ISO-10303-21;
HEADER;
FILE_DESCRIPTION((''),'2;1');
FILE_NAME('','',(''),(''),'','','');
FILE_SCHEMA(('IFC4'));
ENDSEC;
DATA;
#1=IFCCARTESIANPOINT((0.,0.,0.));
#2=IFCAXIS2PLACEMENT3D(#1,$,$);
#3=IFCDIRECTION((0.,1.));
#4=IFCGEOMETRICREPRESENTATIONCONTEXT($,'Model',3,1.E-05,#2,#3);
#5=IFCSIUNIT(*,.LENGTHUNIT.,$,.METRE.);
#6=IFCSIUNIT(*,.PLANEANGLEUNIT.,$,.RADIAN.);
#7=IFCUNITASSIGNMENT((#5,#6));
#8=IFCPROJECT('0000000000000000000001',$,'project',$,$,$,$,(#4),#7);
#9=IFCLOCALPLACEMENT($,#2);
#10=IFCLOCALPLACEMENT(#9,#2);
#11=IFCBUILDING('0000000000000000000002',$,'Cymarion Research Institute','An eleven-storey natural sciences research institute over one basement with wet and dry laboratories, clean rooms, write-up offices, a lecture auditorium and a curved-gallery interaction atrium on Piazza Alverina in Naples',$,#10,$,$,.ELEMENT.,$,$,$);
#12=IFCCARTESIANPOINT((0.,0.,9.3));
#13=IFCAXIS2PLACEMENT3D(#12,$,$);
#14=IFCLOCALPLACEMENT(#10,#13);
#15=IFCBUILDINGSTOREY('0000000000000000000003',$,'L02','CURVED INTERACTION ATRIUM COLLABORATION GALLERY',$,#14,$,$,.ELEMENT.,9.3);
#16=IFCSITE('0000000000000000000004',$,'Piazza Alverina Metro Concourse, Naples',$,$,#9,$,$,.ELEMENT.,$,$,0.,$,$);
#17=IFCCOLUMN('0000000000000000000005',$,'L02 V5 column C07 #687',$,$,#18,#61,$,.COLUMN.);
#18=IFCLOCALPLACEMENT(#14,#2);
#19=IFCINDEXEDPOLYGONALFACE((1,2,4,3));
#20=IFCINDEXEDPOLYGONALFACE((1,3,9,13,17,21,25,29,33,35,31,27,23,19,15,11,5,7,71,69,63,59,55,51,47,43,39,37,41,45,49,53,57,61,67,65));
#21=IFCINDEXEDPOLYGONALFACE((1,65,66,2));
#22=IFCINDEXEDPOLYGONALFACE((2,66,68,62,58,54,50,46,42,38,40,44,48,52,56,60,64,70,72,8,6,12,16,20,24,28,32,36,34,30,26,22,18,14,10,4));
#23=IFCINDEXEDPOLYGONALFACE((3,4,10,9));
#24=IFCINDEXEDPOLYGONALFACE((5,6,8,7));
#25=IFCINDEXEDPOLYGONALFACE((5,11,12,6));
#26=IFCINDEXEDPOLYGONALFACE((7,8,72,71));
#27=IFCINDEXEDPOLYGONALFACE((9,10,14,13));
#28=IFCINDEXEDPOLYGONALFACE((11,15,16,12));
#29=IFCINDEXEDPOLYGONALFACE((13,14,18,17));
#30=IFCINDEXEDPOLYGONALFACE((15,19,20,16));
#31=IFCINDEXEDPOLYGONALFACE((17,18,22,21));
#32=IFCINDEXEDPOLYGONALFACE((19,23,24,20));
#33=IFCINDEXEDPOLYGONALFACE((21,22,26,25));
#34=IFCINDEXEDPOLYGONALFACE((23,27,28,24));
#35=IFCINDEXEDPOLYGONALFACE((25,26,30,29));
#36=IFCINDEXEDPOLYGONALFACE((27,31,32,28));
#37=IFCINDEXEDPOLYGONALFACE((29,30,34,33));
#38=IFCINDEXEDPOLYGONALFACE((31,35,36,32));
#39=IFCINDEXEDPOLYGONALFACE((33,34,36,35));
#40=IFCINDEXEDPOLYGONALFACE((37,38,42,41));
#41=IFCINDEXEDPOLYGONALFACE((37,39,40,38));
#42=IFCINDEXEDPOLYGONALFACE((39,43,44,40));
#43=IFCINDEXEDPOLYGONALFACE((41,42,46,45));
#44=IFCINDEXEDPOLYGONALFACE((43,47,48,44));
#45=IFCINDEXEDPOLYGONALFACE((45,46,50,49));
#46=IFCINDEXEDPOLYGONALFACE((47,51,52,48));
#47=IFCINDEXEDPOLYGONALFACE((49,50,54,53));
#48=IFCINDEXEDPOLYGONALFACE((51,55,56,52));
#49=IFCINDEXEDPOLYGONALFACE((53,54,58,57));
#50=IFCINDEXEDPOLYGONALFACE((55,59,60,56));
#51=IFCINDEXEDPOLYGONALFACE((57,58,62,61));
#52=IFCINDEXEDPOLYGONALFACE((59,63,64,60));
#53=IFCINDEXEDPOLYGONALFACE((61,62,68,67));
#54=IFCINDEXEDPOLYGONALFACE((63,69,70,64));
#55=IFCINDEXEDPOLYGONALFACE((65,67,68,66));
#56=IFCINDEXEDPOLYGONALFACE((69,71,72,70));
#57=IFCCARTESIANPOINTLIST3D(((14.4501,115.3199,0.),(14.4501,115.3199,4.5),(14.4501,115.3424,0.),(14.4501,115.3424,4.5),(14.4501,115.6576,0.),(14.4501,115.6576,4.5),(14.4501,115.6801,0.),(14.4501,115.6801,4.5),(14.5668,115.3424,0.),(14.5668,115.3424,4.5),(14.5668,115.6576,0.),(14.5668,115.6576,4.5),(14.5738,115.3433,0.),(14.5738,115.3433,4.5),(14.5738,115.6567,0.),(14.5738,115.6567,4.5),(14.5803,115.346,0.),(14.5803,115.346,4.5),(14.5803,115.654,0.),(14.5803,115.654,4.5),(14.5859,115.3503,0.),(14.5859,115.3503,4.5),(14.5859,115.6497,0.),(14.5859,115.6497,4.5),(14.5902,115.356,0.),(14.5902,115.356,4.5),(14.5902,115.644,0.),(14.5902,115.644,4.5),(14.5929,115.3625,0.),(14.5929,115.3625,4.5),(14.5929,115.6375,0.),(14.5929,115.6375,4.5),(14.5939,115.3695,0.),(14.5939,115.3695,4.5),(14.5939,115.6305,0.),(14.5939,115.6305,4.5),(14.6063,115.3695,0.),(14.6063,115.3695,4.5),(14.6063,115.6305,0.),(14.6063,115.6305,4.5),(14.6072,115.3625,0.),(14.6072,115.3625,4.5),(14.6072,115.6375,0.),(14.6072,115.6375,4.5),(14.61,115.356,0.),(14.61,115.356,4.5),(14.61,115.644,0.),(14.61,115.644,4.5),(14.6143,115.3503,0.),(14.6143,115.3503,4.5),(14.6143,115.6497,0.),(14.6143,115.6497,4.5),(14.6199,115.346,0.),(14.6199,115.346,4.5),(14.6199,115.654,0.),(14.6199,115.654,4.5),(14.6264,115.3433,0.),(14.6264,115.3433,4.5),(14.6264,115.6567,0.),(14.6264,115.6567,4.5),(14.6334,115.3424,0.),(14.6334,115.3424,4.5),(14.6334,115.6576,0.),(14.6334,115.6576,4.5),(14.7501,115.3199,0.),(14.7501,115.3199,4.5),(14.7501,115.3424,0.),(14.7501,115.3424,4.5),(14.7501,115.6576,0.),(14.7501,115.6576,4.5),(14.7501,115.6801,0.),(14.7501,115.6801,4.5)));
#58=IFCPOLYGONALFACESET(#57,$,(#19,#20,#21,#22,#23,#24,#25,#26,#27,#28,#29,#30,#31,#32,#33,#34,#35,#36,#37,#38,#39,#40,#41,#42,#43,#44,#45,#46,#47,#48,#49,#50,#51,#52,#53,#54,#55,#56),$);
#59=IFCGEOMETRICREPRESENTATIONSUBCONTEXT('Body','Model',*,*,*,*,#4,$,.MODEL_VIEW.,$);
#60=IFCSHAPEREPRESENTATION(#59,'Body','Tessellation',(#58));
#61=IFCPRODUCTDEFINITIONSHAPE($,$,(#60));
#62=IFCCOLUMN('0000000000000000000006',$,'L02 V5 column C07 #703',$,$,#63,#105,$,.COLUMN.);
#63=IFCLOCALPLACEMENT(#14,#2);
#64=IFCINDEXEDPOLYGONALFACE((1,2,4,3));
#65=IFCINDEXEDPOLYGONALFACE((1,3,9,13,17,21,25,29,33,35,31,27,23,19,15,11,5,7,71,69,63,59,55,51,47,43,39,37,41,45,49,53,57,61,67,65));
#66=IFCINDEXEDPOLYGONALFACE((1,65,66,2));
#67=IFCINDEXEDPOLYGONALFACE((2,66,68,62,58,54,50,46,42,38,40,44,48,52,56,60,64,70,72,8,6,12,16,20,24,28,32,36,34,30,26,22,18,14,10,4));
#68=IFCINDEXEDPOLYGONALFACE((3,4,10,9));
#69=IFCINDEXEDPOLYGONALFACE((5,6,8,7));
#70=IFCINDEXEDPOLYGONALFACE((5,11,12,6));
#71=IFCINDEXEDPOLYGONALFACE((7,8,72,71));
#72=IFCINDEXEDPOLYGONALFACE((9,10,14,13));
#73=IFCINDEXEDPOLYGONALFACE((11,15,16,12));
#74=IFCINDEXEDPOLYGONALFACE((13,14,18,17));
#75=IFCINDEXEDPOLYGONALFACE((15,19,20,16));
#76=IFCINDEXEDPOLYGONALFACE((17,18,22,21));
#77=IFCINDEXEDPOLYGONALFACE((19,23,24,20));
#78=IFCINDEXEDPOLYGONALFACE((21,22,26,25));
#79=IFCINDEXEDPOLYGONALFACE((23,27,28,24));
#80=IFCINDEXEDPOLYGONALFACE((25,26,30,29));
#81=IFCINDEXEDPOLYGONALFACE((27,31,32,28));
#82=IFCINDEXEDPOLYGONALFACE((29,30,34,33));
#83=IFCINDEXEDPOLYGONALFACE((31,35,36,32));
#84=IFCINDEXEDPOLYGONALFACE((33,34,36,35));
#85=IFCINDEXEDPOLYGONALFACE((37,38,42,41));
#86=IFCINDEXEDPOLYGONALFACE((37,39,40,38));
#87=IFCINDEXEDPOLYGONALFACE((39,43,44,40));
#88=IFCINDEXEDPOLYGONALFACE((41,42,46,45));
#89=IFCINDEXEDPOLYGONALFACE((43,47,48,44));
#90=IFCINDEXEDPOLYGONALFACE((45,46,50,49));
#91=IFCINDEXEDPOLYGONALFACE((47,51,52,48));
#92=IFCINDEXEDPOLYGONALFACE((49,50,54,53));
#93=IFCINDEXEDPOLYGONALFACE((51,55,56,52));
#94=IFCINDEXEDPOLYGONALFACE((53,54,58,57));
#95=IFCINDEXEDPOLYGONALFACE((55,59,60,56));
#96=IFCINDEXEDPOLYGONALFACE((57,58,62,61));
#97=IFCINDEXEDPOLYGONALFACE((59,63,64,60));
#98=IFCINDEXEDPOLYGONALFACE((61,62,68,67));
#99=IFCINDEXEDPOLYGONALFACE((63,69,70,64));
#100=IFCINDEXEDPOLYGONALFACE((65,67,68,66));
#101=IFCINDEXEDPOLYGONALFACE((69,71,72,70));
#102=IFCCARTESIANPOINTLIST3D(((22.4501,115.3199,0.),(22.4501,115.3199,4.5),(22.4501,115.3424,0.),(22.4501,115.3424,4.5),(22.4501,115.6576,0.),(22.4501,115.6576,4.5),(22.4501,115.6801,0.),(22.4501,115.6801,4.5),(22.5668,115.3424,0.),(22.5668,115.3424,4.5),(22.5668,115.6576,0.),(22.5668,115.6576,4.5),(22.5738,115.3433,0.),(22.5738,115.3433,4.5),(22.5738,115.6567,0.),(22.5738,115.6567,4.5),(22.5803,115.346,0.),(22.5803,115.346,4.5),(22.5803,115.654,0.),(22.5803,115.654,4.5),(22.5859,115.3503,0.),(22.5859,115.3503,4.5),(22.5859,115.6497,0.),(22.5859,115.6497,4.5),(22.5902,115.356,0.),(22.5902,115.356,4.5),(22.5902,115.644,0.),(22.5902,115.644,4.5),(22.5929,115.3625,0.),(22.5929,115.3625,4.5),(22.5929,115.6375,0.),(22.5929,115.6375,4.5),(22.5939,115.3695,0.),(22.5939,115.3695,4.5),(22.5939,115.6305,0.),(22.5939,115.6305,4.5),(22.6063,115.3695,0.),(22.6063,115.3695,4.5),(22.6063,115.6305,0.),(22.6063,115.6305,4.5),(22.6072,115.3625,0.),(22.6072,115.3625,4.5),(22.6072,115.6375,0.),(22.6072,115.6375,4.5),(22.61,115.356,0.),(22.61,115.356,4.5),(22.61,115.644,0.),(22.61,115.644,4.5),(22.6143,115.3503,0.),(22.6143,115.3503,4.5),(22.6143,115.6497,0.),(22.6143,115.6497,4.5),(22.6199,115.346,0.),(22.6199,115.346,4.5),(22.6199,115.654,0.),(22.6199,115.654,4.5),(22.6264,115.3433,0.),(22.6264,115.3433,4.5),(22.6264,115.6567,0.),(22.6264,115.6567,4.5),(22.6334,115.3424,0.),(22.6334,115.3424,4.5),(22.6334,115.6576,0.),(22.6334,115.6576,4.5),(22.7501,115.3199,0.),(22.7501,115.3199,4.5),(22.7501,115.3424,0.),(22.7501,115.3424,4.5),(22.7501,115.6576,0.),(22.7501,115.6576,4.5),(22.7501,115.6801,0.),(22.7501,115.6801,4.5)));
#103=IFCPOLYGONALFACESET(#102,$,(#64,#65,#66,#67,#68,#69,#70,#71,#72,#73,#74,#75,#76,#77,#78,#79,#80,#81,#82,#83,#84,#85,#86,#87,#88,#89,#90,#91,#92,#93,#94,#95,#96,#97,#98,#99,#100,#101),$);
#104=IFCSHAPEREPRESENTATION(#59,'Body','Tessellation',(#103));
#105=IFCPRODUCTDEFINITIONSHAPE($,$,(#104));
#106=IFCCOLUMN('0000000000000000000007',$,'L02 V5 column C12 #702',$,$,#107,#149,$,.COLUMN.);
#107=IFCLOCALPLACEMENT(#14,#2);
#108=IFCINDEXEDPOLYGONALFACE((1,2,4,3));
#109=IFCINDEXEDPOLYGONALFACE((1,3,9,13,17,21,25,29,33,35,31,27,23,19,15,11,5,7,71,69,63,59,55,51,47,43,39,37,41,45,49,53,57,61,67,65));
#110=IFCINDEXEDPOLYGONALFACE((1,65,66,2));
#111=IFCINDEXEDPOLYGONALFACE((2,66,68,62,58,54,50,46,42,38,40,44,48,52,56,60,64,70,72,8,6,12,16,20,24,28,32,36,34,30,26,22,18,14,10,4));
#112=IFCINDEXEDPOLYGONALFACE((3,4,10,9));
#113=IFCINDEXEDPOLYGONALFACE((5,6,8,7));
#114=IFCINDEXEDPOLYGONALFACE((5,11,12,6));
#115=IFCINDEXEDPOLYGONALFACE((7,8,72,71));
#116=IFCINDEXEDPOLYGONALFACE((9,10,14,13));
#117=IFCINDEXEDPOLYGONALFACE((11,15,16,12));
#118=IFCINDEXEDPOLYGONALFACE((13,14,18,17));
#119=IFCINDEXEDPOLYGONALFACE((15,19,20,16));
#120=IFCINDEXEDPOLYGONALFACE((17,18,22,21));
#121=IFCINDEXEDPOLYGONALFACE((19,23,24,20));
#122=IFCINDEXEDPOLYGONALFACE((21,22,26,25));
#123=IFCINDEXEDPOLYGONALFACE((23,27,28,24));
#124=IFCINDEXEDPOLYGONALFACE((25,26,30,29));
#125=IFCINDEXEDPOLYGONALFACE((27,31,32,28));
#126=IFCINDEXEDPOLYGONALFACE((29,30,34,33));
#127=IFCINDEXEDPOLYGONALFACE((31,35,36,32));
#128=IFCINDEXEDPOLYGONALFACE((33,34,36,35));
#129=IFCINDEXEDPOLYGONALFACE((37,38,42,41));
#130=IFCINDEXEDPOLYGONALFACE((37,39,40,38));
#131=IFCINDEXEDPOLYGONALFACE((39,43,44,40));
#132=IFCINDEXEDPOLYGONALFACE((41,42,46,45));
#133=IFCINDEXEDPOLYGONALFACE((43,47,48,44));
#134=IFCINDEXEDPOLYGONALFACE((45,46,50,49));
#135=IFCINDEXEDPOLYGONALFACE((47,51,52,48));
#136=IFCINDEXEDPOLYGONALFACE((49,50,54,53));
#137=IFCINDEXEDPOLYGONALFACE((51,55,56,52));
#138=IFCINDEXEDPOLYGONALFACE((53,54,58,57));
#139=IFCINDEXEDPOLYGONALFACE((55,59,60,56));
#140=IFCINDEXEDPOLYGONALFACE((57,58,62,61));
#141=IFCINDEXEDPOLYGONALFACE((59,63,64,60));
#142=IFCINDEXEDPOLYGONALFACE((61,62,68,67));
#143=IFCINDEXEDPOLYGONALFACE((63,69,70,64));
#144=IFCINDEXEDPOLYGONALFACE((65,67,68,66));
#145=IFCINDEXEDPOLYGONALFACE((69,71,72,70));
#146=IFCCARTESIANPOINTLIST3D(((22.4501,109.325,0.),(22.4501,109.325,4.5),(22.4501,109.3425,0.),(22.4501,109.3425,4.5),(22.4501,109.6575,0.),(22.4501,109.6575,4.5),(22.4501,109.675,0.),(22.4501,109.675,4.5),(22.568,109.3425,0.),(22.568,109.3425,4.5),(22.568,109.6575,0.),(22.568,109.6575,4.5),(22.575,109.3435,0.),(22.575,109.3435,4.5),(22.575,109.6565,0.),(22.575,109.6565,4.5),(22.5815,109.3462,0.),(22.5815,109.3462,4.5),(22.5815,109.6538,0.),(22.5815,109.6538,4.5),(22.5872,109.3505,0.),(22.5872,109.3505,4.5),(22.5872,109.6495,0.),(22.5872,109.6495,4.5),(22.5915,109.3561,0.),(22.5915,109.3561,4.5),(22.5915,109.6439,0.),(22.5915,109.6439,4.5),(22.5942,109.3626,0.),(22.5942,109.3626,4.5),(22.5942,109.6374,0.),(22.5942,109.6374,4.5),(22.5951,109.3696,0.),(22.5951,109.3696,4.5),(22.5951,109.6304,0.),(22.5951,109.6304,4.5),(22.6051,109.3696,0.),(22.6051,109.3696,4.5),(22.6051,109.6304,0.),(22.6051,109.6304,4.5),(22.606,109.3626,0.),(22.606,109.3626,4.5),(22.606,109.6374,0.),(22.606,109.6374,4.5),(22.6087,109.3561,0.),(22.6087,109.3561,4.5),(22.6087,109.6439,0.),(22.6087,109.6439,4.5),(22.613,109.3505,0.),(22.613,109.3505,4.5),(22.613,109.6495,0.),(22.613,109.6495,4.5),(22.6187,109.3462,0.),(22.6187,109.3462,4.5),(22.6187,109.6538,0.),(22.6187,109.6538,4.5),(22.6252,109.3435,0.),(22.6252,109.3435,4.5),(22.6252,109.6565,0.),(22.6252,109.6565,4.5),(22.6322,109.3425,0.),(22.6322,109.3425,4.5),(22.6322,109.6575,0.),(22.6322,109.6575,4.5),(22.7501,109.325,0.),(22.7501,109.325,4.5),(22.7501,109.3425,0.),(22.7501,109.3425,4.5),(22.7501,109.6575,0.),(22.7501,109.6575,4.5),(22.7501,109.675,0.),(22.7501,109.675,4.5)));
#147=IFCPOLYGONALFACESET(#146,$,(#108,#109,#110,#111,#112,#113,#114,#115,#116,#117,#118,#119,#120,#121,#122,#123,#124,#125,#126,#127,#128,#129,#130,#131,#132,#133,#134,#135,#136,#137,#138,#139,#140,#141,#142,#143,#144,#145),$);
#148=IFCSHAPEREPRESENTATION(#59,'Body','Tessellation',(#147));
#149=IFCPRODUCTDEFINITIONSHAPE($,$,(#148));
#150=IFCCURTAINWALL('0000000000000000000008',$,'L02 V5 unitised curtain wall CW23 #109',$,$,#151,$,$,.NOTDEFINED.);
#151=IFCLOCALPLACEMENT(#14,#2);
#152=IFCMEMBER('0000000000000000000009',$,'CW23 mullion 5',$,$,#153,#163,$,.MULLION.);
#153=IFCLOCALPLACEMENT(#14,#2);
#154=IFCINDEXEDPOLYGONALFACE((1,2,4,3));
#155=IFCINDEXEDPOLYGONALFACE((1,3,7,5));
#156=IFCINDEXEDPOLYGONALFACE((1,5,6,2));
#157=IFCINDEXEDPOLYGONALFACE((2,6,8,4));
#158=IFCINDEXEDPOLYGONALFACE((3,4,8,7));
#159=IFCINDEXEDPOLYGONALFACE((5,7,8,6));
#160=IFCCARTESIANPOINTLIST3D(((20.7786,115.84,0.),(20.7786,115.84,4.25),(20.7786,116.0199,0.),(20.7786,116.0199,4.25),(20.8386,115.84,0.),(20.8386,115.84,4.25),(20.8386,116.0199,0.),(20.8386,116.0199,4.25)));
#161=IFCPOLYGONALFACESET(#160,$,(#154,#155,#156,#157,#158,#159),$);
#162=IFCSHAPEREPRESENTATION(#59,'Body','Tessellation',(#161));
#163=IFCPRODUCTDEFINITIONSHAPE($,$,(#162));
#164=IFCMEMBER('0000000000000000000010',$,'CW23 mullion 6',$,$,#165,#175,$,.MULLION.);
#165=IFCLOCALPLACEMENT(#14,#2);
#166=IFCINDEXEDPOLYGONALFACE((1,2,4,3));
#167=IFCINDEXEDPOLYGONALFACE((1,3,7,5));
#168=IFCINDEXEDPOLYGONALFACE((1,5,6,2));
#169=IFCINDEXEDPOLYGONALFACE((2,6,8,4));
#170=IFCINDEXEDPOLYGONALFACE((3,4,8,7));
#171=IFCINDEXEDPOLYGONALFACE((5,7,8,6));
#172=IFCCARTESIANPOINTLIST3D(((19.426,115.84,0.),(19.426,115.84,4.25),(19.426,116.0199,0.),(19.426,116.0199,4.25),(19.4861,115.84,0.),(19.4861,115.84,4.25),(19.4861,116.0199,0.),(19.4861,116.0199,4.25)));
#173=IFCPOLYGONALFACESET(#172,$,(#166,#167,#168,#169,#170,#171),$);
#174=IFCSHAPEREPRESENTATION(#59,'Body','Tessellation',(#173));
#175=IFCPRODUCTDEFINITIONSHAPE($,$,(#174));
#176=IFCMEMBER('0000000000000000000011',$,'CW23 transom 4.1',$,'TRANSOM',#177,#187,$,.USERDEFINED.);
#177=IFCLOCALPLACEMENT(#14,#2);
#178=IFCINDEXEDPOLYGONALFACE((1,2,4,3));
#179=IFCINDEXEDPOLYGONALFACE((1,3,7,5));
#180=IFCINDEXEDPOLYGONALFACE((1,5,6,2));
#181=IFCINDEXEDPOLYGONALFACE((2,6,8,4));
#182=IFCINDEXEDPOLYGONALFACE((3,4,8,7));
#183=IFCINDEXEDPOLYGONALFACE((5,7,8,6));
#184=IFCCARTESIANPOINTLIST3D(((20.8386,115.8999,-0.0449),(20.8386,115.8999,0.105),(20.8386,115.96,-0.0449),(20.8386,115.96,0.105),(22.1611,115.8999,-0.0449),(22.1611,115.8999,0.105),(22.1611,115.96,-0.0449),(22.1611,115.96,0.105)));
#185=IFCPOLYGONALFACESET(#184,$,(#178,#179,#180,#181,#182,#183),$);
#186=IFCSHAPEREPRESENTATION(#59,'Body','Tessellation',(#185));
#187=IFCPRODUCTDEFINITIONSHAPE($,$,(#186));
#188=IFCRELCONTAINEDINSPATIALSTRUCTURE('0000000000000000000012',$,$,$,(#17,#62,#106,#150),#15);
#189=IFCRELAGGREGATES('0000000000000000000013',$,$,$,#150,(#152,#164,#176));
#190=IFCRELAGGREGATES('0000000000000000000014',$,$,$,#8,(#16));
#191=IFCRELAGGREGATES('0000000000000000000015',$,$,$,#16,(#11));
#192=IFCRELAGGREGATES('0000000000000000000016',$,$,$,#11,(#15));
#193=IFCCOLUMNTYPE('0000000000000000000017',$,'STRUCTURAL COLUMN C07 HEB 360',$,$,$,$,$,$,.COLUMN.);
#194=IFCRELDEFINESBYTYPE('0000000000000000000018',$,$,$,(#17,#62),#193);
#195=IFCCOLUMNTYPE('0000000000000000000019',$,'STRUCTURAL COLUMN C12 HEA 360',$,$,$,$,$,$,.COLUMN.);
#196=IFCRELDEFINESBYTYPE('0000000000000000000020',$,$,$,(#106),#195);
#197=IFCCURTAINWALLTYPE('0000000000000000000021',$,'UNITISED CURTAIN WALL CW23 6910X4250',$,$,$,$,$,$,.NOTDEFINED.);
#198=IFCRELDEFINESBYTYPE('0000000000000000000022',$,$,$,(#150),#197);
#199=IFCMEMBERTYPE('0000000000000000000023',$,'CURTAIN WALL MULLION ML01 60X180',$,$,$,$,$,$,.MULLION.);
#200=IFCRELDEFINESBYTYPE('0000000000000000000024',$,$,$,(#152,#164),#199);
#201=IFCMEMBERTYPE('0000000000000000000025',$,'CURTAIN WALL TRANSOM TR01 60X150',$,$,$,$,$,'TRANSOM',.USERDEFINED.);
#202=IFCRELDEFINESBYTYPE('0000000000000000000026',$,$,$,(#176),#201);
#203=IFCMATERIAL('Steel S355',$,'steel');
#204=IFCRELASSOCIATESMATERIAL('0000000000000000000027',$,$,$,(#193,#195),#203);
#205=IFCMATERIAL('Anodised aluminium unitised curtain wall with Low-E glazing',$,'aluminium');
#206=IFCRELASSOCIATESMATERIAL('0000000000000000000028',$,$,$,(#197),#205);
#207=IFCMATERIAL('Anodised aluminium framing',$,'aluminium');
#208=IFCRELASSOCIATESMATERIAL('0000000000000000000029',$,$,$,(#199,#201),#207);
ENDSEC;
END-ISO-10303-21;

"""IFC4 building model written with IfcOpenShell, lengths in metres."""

from ifc_helpers import new_model, si_unit, direction, frame, origin, origin_2d, place, context, subcontext, project, spatial, rectangle, i_section, extrude, material, material_profile, profile_set, type_object, element, aggregate, save


model = new_model("IFC4")

# Units and contexts
model_context = context("Model", 3, precision=1e-05, world=origin(), true_north=direction((0.0, 1.0)))
body_context = subcontext(model_context, "Body", "Model", "MODEL_VIEW")
ifc_project = project(units=[si_unit("LENGTHUNIT", "METRE"), si_unit("PLANEANGLEUNIT", "RADIAN")], contexts=[model_context])

# Site, building, storey
site_placement = place(None, origin())
site = spatial("IfcSite", under=ifc_project, at=site_placement, Name="Piazza Alverina Metro Concourse, Naples", CompositionType="ELEMENT", RefElevation=0.0)
building_placement = place(site_placement, origin())
building = spatial("IfcBuilding", under=site, at=building_placement, Name="Cymarion Research Institute", Description="An eleven-storey natural sciences research institute over one basement with wet and dry laboratories, clean rooms, write-up offices, a lecture auditorium and a curved-gallery interaction atrium on Piazza Alverina in Naples", CompositionType="ELEMENT")
storey_placement = place(building_placement, frame((0.0, 0.0, 9.3)))
storey = spatial("IfcBuildingStorey", under=building, at=storey_placement, Name="L02", Description="CURVED INTERACTION ATRIUM COLLABORATION GALLERY", CompositionType="ELEMENT", Elevation=9.3)

# Columns
ifc_material_1 = material(Name="Steel S355", Category="steel")
ifc_material_profile_1 = material_profile(ifc_material_1, i_section(OverallWidth=0.3, OverallDepth=0.3601, WebThickness=0.0125, FlangeThickness=0.0225, FilletRadius=0.0271, at=origin_2d()), Name="HEB 360")
ifc_profile_set_1 = profile_set([ifc_material_profile_1], Name="Steel S355")
column_type_1 = type_object("IfcColumnType", Name="STRUCTURAL COLUMN C07 HEB 360", PredefinedType="COLUMN", material=ifc_profile_set_1)
for number, where, z_axis, x_axis, name in (
    (1, (14.6001, 115.5, 0.0), (0.0, 0.0, 1.0), (1.0, 0.0, 0.0), "L02 V5 column C07 #687"),
    (2, (22.6001, 115.5, 0.0), (0.0, 0.0, 1.0), (1.0, 0.0, 0.0), "L02 V5 column C07 #703"),
):
    element("IfcColumn", number, at=place(storey_placement, frame(where, z_axis=z_axis, x_axis=x_axis)), inside=storey, type_object=column_type_1, Name=name, PredefinedType="COLUMN", context=body_context, shape_type="SweptSolid", body=[
        extrude(i_section(OverallWidth=0.3, OverallDepth=0.3601, WebThickness=0.0125, FlangeThickness=0.0225, FilletRadius=0.0271, at=origin_2d()), origin(), (0.0, 0.0, 1.0), 4.5),
    ])
ifc_material_profile_2 = material_profile(ifc_material_1, i_section(OverallWidth=0.3, OverallDepth=0.3501, WebThickness=0.01, FlangeThickness=0.0176, FilletRadius=0.0271, at=origin_2d()), Name="HEA 360")
ifc_profile_set_2 = profile_set([ifc_material_profile_2], Name="Steel S355")
column_type_2 = type_object("IfcColumnType", Name="STRUCTURAL COLUMN C12 HEA 360", PredefinedType="COLUMN", material=ifc_profile_set_2)
column_placement = place(storey_placement, frame((22.6001, 109.5, 0.0), z_axis=(0.0, 0.0, 1.0), x_axis=(1.0, 0.0, 0.0)))
element("IfcColumn", 3, at=column_placement, inside=storey, type_object=column_type_2, Name="L02 V5 column C12 #702", PredefinedType="COLUMN", context=body_context, shape_type="SweptSolid", body=[
    extrude(i_section(OverallWidth=0.3, OverallDepth=0.3501, WebThickness=0.01, FlangeThickness=0.0176, FilletRadius=0.0271, at=origin_2d()), origin(), (0.0, 0.0, 1.0), 4.5),
])

# Curtain wall, members
ifc_material_2 = material(Name="Anodised aluminium unitised curtain wall with Low-E glazing", Category="aluminium")
curtain_wall_type = type_object("IfcCurtainWallType", Name="UNITISED CURTAIN WALL CW23 6910X4250", PredefinedType="NOTDEFINED", material=ifc_material_2)
curtain_wall_placement = place(storey_placement, origin())
curtain_wall = element("IfcCurtainWall", 4, at=curtain_wall_placement, inside=storey, type_object=curtain_wall_type, Name="L02 V5 unitised curtain wall CW23 #109", PredefinedType="NOTDEFINED")
ifc_material_3 = material(Name="Anodised aluminium framing", Category="aluminium")
ifc_material_profile_3 = material_profile(ifc_material_3, rectangle(XDim=0.0601, YDim=0.1799, at=origin_2d()), Name="ALU MULLION 60x180")
ifc_profile_set_3 = profile_set([ifc_material_profile_3], Name="Anodised aluminium framing")
member_type_1 = type_object("IfcMemberType", Name="CURTAIN WALL MULLION ML01 60X180", PredefinedType="MULLION", material=ifc_profile_set_3)
member_1_placement = place(storey_placement, frame((20.8086, 115.9299, 0.0), z_axis=(0.0, 0.0, 1.0), x_axis=(-1.0, 0.0, 0.0)))
member_1 = element("IfcMember", 5, at=member_1_placement, type_object=member_type_1, Name="CW23 mullion 5", PredefinedType="MULLION", context=body_context, shape_type="SweptSolid", body=[
    extrude(rectangle(XDim=0.0601, YDim=0.1799, at=origin_2d()), origin(), (0.0, 0.0, 1.0), 4.25),
])
member_2_placement = place(storey_placement, frame((19.4561, 115.9299, 0.0), z_axis=(0.0, 0.0, 1.0), x_axis=(-1.0, 0.0, 0.0)))
member_2 = element("IfcMember", 6, at=member_2_placement, type_object=member_type_1, Name="CW23 mullion 6", PredefinedType="MULLION", context=body_context, shape_type="SweptSolid", body=[
    extrude(rectangle(XDim=0.0601, YDim=0.1799, at=origin_2d()), origin(), (0.0, 0.0, 1.0), 4.25),
])
ifc_material_profile_4 = material_profile(ifc_material_3, rectangle(XDim=0.0601, YDim=0.1499, at=origin_2d()), Name="ALU TRANSOM 60x150")
ifc_profile_set_4 = profile_set([ifc_material_profile_4], Name="Anodised aluminium framing")
member_type_2 = type_object("IfcMemberType", Name="CURTAIN WALL TRANSOM TR01 60X150", ElementType="TRANSOM", PredefinedType="USERDEFINED", material=ifc_profile_set_4)
member_3_placement = place(storey_placement, frame((22.1611, 115.9299, 0.03), z_axis=(-1.0, 0.0, 0.0), x_axis=(0.0, -1.0, 0.0)))
member_3 = element("IfcMember", 7, at=member_3_placement, type_object=member_type_2, Name="CW23 transom 4.1", ObjectType="TRANSOM", PredefinedType="USERDEFINED", context=body_context, shape_type="SweptSolid", body=[
    extrude(rectangle(XDim=0.0601, YDim=0.1499, at=origin_2d()), origin(), (0.0, 0.0, 1.0), 1.3225),
])

aggregate(curtain_wall, [member_1, member_2, member_3])

save(model, "model.ifc")
